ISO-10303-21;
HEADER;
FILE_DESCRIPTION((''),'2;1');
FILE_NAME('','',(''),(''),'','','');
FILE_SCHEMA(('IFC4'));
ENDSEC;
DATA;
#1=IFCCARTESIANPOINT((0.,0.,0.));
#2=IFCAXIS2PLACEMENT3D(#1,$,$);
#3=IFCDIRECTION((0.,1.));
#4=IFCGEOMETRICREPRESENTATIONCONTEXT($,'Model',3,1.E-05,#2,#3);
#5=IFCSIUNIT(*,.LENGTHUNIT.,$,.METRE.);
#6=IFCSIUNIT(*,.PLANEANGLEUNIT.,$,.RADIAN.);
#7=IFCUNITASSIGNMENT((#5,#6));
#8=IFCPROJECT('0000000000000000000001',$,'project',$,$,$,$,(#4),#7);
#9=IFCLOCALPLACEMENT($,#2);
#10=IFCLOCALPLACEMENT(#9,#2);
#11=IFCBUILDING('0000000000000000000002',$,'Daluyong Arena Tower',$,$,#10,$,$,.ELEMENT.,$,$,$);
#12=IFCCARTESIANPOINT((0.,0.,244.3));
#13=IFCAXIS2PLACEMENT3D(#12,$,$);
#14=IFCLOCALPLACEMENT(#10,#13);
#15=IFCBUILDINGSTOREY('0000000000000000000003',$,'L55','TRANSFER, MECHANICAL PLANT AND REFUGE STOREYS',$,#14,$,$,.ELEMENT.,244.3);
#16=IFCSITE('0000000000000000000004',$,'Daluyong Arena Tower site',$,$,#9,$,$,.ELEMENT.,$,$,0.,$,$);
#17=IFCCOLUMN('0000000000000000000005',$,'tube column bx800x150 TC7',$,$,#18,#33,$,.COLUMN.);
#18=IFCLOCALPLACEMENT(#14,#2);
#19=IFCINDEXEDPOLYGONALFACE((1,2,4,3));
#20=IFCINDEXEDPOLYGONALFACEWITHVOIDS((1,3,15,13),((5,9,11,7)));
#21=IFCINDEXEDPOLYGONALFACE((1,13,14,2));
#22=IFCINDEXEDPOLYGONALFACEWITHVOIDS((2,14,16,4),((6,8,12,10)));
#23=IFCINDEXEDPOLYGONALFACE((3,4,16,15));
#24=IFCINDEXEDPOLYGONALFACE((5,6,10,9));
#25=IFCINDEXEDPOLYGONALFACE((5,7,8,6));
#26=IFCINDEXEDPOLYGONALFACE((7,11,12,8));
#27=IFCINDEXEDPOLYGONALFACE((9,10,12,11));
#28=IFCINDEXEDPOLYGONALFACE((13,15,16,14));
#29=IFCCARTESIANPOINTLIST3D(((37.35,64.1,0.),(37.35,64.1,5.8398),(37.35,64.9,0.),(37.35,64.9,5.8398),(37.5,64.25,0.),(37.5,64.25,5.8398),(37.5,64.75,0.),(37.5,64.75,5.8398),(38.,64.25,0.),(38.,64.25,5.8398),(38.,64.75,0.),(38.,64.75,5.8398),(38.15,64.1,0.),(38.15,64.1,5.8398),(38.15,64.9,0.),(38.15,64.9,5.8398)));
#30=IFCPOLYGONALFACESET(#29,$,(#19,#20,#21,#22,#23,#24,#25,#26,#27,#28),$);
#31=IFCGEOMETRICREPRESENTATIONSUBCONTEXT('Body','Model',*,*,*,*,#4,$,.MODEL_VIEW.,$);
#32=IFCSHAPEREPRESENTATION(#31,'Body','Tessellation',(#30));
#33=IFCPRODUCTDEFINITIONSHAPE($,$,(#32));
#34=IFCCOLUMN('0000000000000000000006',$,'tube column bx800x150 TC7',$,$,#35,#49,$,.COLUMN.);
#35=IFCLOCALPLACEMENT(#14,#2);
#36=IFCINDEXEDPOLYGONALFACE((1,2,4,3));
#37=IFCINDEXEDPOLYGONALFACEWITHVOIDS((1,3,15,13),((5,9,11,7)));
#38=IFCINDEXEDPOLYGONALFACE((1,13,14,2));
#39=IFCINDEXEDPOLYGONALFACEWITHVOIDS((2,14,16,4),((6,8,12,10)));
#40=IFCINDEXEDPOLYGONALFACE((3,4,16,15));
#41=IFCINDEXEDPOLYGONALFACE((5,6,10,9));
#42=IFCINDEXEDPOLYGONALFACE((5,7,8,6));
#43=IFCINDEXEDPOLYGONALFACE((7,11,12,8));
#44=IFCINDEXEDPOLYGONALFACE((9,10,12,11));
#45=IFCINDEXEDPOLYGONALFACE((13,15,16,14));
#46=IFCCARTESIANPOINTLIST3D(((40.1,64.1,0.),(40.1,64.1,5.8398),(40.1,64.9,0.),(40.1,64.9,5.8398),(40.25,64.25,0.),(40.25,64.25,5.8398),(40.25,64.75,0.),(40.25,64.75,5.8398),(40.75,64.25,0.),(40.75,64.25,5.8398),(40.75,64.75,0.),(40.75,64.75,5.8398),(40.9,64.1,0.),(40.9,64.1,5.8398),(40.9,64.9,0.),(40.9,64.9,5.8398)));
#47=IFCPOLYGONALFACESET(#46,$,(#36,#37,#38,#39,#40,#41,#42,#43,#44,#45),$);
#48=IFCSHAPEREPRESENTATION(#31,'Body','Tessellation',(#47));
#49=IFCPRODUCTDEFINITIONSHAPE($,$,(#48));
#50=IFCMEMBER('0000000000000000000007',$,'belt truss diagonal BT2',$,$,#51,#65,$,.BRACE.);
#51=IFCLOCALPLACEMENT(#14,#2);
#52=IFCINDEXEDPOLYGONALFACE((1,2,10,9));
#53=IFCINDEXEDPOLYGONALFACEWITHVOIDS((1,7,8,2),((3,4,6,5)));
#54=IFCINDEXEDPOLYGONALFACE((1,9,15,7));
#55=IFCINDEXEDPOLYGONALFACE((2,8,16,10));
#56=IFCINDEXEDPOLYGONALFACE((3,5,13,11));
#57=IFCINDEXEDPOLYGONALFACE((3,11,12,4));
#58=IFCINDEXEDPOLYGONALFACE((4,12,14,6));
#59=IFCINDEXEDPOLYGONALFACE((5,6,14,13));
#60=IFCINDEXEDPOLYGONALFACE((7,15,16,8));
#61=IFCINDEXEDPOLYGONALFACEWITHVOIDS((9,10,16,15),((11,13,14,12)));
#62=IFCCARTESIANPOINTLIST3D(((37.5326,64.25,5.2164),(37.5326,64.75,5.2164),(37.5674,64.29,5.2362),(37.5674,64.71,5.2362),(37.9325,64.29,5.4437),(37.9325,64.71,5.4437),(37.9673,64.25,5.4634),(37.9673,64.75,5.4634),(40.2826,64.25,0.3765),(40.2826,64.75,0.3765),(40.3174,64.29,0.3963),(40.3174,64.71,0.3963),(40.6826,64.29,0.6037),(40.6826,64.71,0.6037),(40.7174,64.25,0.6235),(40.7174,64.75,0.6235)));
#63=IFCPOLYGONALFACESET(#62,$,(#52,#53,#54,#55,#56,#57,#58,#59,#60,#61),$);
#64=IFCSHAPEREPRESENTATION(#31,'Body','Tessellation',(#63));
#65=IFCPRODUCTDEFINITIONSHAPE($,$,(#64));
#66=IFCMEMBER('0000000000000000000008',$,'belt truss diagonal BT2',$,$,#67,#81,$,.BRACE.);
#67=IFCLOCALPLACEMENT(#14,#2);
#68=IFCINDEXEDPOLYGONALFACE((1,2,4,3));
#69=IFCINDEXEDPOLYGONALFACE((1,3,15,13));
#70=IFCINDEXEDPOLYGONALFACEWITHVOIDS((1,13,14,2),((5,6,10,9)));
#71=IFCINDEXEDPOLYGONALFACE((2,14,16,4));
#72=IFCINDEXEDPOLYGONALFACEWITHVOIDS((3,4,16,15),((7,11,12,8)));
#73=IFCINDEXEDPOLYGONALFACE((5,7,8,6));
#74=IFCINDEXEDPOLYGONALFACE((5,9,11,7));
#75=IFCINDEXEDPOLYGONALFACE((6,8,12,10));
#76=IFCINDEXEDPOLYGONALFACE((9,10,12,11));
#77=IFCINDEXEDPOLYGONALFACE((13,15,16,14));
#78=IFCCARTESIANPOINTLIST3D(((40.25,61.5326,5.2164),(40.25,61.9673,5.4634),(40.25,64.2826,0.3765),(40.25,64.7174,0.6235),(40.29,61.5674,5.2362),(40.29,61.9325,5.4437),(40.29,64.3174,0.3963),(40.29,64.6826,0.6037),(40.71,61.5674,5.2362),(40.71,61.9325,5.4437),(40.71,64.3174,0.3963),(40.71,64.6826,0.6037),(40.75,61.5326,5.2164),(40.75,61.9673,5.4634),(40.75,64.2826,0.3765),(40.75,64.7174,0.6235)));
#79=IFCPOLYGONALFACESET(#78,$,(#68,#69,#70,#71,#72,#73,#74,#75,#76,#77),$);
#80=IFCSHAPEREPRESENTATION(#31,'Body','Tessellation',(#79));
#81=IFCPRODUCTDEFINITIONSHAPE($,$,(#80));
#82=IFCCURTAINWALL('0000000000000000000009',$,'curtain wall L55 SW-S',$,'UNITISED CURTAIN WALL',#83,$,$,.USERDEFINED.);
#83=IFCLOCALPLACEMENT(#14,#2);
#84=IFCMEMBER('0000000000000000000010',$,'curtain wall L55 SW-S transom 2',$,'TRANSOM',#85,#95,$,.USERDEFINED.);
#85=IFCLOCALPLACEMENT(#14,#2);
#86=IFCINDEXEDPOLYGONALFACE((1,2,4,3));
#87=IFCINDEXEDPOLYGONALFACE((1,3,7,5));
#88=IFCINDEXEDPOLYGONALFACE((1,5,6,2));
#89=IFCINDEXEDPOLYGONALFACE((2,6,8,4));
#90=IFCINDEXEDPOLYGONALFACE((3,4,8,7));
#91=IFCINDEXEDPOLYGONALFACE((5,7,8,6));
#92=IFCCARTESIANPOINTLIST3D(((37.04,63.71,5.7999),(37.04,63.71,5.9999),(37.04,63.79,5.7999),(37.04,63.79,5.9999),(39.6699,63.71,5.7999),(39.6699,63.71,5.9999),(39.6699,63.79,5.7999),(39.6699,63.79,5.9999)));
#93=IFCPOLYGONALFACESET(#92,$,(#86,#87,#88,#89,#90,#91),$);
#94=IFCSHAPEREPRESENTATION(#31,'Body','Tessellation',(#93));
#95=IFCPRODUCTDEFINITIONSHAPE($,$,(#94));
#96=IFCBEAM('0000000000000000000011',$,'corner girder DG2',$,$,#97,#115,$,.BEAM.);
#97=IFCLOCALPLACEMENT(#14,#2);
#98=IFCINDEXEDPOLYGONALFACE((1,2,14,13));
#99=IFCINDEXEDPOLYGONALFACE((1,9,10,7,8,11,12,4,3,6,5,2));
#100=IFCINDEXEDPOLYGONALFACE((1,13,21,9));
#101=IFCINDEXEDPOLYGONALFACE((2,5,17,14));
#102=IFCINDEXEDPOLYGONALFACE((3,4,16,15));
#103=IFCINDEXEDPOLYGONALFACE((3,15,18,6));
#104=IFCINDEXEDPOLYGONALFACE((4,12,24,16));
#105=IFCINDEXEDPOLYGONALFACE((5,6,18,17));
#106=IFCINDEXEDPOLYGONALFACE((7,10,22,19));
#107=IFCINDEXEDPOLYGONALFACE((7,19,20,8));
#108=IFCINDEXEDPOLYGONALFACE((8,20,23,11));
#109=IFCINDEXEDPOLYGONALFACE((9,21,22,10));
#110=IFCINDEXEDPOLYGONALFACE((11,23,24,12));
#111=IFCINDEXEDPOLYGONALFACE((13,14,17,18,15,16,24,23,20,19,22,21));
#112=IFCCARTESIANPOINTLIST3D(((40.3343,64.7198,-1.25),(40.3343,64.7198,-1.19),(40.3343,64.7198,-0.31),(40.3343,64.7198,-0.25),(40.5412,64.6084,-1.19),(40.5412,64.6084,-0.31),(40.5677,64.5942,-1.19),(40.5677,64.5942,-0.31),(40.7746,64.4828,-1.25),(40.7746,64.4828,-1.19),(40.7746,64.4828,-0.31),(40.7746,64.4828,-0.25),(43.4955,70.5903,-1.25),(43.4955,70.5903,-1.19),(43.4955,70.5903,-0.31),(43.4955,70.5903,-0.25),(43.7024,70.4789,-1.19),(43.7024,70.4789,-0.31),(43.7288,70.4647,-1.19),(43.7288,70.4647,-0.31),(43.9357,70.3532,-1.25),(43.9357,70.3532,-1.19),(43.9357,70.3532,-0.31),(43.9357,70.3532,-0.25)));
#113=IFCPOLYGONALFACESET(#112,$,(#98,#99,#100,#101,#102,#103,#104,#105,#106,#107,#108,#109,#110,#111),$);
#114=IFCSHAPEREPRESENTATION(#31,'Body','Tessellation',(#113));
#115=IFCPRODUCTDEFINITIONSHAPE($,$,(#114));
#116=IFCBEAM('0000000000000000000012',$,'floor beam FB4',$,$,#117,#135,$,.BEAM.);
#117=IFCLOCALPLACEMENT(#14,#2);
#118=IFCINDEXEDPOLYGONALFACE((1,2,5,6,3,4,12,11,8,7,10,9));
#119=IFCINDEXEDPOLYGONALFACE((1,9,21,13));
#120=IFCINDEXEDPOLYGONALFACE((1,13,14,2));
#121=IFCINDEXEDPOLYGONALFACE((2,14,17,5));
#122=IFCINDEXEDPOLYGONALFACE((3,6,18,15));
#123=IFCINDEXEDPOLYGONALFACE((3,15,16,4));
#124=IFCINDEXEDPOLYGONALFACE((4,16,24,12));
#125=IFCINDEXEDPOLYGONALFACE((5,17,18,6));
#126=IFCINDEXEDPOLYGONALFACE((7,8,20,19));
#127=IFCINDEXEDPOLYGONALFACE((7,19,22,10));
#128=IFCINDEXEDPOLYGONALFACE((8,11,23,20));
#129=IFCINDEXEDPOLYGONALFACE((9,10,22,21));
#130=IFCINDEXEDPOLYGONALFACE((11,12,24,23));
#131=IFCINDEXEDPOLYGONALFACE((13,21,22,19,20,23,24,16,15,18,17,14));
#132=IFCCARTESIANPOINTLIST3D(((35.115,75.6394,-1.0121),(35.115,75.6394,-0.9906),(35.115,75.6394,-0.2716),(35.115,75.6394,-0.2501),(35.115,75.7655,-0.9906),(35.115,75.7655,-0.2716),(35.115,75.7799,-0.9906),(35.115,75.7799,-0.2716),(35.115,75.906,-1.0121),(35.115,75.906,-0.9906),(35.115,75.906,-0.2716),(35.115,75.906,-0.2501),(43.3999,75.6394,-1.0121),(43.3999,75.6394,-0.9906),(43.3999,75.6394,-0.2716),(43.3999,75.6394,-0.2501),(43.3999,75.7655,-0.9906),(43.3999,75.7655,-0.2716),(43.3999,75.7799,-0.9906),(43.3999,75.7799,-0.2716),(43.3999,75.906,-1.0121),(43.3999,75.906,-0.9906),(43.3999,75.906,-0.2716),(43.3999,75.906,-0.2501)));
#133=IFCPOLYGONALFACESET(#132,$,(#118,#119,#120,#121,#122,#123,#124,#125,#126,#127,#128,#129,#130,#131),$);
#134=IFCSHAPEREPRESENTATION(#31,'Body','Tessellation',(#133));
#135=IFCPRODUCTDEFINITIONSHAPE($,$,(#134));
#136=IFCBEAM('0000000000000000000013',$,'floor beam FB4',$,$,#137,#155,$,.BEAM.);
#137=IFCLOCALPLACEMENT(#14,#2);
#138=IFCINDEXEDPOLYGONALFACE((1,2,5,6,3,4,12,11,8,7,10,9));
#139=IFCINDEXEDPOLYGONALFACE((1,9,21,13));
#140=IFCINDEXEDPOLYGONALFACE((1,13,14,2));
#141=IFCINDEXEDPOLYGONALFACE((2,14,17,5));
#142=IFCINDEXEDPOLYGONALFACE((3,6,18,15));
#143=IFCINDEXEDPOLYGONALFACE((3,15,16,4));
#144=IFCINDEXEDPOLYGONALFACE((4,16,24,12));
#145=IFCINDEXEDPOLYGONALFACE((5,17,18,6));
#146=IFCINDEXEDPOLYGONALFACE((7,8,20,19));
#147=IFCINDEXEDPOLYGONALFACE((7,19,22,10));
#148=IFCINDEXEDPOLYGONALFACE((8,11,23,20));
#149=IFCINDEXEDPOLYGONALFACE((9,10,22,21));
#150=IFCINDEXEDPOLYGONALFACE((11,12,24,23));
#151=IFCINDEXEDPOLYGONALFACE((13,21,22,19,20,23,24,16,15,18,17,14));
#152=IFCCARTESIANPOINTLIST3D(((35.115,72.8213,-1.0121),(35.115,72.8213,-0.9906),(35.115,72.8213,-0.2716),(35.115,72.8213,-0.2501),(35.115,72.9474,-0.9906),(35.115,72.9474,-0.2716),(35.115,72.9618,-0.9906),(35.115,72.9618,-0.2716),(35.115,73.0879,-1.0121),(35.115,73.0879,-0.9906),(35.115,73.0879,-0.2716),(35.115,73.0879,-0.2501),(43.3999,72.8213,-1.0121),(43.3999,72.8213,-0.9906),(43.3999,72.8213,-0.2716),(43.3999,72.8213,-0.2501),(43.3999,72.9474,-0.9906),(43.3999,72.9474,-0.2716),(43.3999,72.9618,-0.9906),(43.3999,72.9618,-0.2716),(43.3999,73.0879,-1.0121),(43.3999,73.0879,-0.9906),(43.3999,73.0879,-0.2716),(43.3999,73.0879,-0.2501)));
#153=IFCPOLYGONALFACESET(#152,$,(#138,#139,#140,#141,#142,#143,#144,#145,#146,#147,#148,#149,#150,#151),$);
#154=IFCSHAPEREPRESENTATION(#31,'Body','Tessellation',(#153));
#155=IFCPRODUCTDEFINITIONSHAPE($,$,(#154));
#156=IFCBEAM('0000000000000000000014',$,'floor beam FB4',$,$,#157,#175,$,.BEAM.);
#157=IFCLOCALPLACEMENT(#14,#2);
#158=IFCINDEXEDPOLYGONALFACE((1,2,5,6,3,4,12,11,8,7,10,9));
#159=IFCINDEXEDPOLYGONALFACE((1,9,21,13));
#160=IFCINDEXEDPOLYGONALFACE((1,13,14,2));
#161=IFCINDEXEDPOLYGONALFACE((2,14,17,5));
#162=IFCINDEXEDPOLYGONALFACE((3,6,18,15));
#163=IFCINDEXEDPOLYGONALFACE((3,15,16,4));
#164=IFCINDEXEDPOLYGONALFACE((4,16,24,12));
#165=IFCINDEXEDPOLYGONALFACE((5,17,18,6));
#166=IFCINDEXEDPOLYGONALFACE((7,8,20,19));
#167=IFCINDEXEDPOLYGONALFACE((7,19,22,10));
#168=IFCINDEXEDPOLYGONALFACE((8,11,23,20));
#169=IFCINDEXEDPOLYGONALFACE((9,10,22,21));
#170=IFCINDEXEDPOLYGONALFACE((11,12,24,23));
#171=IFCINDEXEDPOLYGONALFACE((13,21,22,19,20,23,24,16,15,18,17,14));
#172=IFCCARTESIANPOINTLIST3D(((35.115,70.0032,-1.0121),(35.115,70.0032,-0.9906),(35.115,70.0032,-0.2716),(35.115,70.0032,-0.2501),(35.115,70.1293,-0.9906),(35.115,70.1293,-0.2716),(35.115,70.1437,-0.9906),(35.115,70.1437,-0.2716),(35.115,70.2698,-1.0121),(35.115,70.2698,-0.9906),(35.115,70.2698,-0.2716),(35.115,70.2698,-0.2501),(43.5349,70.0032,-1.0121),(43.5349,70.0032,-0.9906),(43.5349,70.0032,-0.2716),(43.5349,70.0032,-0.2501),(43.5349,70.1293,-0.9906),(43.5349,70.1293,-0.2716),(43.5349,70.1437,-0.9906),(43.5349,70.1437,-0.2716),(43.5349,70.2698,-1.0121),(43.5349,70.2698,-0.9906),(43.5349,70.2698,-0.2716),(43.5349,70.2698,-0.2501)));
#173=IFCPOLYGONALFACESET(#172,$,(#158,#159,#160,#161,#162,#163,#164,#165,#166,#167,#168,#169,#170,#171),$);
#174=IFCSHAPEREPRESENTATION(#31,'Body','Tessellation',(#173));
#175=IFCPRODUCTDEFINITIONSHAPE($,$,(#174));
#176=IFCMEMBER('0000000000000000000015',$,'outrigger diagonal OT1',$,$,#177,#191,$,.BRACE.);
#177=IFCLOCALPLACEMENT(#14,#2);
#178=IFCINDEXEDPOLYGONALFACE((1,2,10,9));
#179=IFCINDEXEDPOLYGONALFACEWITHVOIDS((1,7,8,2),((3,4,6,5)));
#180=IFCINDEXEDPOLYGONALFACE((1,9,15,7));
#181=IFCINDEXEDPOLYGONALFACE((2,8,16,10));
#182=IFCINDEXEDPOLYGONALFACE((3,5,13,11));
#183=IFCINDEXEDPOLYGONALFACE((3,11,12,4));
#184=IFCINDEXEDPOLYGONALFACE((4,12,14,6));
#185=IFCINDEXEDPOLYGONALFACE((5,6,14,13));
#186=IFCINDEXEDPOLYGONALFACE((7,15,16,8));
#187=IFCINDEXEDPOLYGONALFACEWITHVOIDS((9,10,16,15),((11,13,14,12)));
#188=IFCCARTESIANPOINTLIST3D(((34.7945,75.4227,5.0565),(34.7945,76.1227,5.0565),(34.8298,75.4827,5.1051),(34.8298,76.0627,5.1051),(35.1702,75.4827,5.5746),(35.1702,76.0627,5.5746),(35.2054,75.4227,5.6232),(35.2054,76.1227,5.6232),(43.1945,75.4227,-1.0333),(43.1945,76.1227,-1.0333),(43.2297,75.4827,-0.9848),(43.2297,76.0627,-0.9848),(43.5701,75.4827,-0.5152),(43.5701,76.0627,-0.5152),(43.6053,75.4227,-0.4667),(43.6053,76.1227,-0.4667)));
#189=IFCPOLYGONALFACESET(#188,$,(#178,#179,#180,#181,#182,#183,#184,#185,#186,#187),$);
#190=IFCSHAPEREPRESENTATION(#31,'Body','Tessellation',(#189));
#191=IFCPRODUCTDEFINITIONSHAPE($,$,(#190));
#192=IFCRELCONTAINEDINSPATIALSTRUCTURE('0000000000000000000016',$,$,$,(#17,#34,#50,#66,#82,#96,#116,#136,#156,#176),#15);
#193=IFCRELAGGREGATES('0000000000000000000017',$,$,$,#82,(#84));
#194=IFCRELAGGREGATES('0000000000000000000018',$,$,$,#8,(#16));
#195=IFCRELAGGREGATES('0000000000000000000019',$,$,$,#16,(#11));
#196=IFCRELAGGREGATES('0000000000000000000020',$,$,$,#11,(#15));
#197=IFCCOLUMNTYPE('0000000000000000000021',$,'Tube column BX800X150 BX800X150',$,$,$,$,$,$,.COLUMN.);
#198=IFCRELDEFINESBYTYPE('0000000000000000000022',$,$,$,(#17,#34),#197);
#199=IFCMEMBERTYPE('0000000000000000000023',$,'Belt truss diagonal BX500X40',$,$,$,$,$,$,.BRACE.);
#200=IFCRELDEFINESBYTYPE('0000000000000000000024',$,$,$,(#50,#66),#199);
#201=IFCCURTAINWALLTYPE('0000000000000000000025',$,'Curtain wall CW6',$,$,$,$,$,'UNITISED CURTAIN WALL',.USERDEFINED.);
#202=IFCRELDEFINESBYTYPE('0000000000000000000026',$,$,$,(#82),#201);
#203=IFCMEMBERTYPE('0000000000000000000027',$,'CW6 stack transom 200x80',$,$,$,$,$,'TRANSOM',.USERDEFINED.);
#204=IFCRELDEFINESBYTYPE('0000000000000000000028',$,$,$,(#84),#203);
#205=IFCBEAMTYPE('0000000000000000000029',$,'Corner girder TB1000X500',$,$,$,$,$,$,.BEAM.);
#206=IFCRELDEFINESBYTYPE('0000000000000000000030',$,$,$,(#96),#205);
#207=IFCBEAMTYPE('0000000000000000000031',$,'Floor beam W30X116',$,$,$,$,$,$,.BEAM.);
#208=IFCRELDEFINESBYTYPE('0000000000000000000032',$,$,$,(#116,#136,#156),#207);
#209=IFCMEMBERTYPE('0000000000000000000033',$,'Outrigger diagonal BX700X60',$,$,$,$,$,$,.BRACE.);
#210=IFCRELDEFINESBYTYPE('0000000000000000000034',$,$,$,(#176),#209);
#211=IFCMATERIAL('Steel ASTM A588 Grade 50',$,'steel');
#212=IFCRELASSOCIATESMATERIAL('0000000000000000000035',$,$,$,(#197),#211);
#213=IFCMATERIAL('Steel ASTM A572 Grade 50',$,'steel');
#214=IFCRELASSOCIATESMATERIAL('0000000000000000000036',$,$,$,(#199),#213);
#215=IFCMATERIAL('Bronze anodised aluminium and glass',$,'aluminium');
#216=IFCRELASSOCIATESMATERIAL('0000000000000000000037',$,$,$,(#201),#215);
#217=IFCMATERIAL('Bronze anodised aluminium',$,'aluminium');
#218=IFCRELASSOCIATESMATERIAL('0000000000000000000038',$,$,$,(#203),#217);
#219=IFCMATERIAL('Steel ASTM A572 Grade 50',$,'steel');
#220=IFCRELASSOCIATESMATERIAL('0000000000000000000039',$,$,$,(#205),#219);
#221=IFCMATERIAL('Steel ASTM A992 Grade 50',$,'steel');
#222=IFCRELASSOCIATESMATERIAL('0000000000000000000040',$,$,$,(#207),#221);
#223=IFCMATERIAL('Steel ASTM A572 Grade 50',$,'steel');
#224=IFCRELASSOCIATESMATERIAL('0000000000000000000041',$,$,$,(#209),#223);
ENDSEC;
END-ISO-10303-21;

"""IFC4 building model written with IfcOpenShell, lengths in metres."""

from ifc_helpers import new_model, si_unit, direction, frame, origin, origin_2d, place, context, subcontext, project, spatial, rectangle, hollow_rectangle, i_section, extrude, material, material_profile, profile_set, type_object, element, aggregate, save


model = new_model("IFC4")

# Units and contexts
model_context = context("Model", 3, precision=1e-05, world=origin(), true_north=direction((0.0, 1.0)))
body_context = subcontext(model_context, "Body", "Model", "MODEL_VIEW")
ifc_project = project(units=[si_unit("LENGTHUNIT", "METRE"), si_unit("PLANEANGLEUNIT", "RADIAN")], contexts=[model_context])

# Site, building, storey
site_placement = place(None, origin())
site = spatial("IfcSite", under=ifc_project, at=site_placement, Name="Daluyong Arena Tower site", CompositionType="ELEMENT", RefElevation=0.0)
building_placement = place(site_placement, origin())
building = spatial("IfcBuilding", under=site, at=building_placement, Name="Daluyong Arena Tower", CompositionType="ELEMENT")
storey_placement = place(building_placement, frame((0.0, 0.0, 244.3)))
storey = spatial("IfcBuildingStorey", under=building, at=storey_placement, Name="L55", Description="TRANSFER, MECHANICAL PLANT AND REFUGE STOREYS", CompositionType="ELEMENT", Elevation=244.3)

# Columns
ifc_material_1 = material(Name="Steel ASTM A588 Grade 50", Category="steel")
ifc_material_profile_1 = material_profile(ifc_material_1, hollow_rectangle(XDim=0.8, YDim=0.8, WallThickness=0.15, at=origin_2d()))
ifc_profile_set_1 = profile_set([ifc_material_profile_1], Name="Steel ASTM A588 Grade 50")
column_type = type_object("IfcColumnType", Name="Tube column BX800X150 BX800X150", PredefinedType="COLUMN", material=ifc_profile_set_1)
for number, where, z_axis, x_axis, name in (
    (1, (37.75, 64.5, 0.0), (0.0, 0.0, 1.0), (1.0, 0.0, 0.0), "tube column bx800x150 TC7"),
    (2, (40.5, 64.5, 0.0), (0.0, 0.0, 1.0), (0.0, 1.0, 0.0), "tube column bx800x150 TC7"),
):
    element("IfcColumn", number, at=place(storey_placement, frame(where, z_axis=z_axis, x_axis=x_axis)), inside=storey, type_object=column_type, Name=name, PredefinedType="COLUMN", context=body_context, shape_type="SweptSolid", body=[
        extrude(hollow_rectangle(XDim=0.8, YDim=0.8, WallThickness=0.15, at=origin_2d()), origin(), (0.0, 0.0, 1.0), 5.8398),
    ])

# Members
ifc_material_2 = material(Name="Steel ASTM A572 Grade 50", Category="steel")
ifc_material_profile_2 = material_profile(ifc_material_2, hollow_rectangle(XDim=0.5, YDim=0.5, WallThickness=0.04, at=origin_2d()))
ifc_profile_set_2 = profile_set([ifc_material_profile_2], Name="Steel ASTM A572 Grade 50")
member_type_1 = type_object("IfcMemberType", Name="Belt truss diagonal BX500X40", PredefinedType="BRACE", material=ifc_profile_set_2)
for number, where, z_axis, x_axis, name in (
    (3, (40.5, 64.5, 0.5), (-0.494021, 0.0, 0.86945), (0.0, -1.0, 0.0), "belt truss diagonal BT2"),
    (4, (40.5, 64.5, 0.5), (0.0, -0.494021, 0.86945), (1.0, 0.0, 0.0), "belt truss diagonal BT2"),
):
    element("IfcMember", number, at=place(storey_placement, frame(where, z_axis=z_axis, x_axis=x_axis)), inside=storey, type_object=member_type_1, Name=name, PredefinedType="BRACE", context=body_context, shape_type="SweptSolid", body=[
        extrude(hollow_rectangle(XDim=0.5, YDim=0.5, WallThickness=0.04, at=origin_2d()), origin(), (0.0, 0.0, 1.0), 5.5667),
    ])

# Curtain wall, member
ifc_material_3 = material(Name="Bronze anodised aluminium and glass", Category="aluminium")
curtain_wall_type = type_object("IfcCurtainWallType", Name="Curtain wall CW6", ElementType="UNITISED CURTAIN WALL", PredefinedType="USERDEFINED", material=ifc_material_3)
curtain_wall_placement = place(storey_placement, origin())
curtain_wall = element("IfcCurtainWall", 5, at=curtain_wall_placement, inside=storey, type_object=curtain_wall_type, Name="curtain wall L55 SW-S", ObjectType="UNITISED CURTAIN WALL", PredefinedType="USERDEFINED")
ifc_material_4 = material(Name="Bronze anodised aluminium", Category="aluminium")
ifc_material_profile_3 = material_profile(ifc_material_4, rectangle(XDim=0.0801, YDim=0.2, at=origin_2d()))
ifc_profile_set_3 = profile_set([ifc_material_profile_3], Name="Bronze anodised aluminium")
member_type_2 = type_object("IfcMemberType", Name="CW6 stack transom 200x80", ElementType="TRANSOM", PredefinedType="USERDEFINED", material=ifc_profile_set_3)
member_1_placement = place(storey_placement, frame((37.04, 63.75, 5.8999), z_axis=(1.0, 0.0, 0.0), x_axis=(0.0, 1.0, 0.0)))
member_1 = element("IfcMember", 6, at=member_1_placement, type_object=member_type_2, Name="curtain wall L55 SW-S transom 2", ObjectType="TRANSOM", PredefinedType="USERDEFINED", context=body_context, shape_type="SweptSolid", body=[
    extrude(rectangle(XDim=0.0801, YDim=0.2, at=origin_2d()), origin(), (0.0, 0.0, 1.0), 2.6299),
])

# Beams
ifc_material_5 = material(Name="Steel ASTM A572 Grade 50", Category="steel")
ifc_material_profile_4 = material_profile(ifc_material_5, i_section(OverallWidth=0.5, OverallDepth=1.0, WebThickness=0.03, FlangeThickness=0.06, at=origin_2d()))
ifc_profile_set_4 = profile_set([ifc_material_profile_4], Name="Steel ASTM A572 Grade 50")
beam_type_1 = type_object("IfcBeamType", Name="Corner girder TB1000X500", PredefinedType="BEAM", material=ifc_profile_set_4)
beam_1_placement = place(storey_placement, frame((40.5544, 64.6013, -0.75), z_axis=(0.474119, 0.880461, 0.0), x_axis=(-0.880461, 0.474119, 0.0)))
element("IfcBeam", 7, at=beam_1_placement, inside=storey, type_object=beam_type_1, Name="corner girder DG2", PredefinedType="BEAM", context=body_context, shape_type="SweptSolid", body=[
    extrude(i_section(OverallWidth=0.5, OverallDepth=1.0, WebThickness=0.03, FlangeThickness=0.06, at=origin_2d()), origin(), (0.0, 0.0, 1.0), 6.6675),
])
ifc_material_6 = material(Name="Steel ASTM A992 Grade 50", Category="steel")
ifc_material_profile_5 = material_profile(ifc_material_6, i_section(OverallWidth=0.2666, OverallDepth=0.762, WebThickness=0.0144, FlangeThickness=0.0215, at=origin_2d()))
ifc_profile_set_5 = profile_set([ifc_material_profile_5], Name="Steel ASTM A992 Grade 50")
beam_type_2 = type_object("IfcBeamType", Name="Floor beam W30X116", PredefinedType="BEAM", material=ifc_profile_set_5)
for number, where, z_axis, x_axis, name in (
    (8, (35.115, 75.7727, -0.6311), (1.0, 0.0, 0.0), (0.0, 1.0, 0.0), "floor beam FB4"),
    (9, (35.115, 72.9546, -0.6311), (1.0, 0.0, 0.0), (0.0, 1.0, 0.0), "floor beam FB4"),
):
    element("IfcBeam", number, at=place(storey_placement, frame(where, z_axis=z_axis, x_axis=x_axis)), inside=storey, type_object=beam_type_2, Name=name, PredefinedType="BEAM", context=body_context, shape_type="SweptSolid", body=[
        extrude(i_section(OverallWidth=0.2666, OverallDepth=0.762, WebThickness=0.0144, FlangeThickness=0.0215, at=origin_2d()), origin(), (0.0, 0.0, 1.0), 8.2849),
    ])
beam_2_placement = place(storey_placement, frame((35.115, 70.1365, -0.6311), z_axis=(1.0, 0.0, 0.0), x_axis=(0.0, 1.0, 0.0)))
element("IfcBeam", 10, at=beam_2_placement, inside=storey, type_object=beam_type_2, Name="floor beam FB4", PredefinedType="BEAM", context=body_context, shape_type="SweptSolid", body=[
    extrude(i_section(OverallWidth=0.2666, OverallDepth=0.762, WebThickness=0.0144, FlangeThickness=0.0215, at=origin_2d()), origin(), (0.0, 0.0, 1.0), 8.4199),
])

# Member
ifc_material_7 = material(Name="Steel ASTM A572 Grade 50", Category="steel")
ifc_material_profile_6 = material_profile(ifc_material_7, hollow_rectangle(XDim=0.7, YDim=0.7, WallThickness=0.06, at=origin_2d()))
ifc_profile_set_6 = profile_set([ifc_material_profile_6], Name="Steel ASTM A572 Grade 50")
member_type_3 = type_object("IfcMemberType", Name="Outrigger diagonal BX700X60", PredefinedType="BRACE", material=ifc_profile_set_6)
member_2_placement = place(storey_placement, frame((43.3999, 75.7727, -0.75), z_axis=(-0.809614, 0.0, 0.586962), x_axis=(0.0, -1.0, 0.0)))
element("IfcMember", 11, at=member_2_placement, inside=storey, type_object=member_type_3, Name="outrigger diagonal OT1", PredefinedType="BRACE", context=body_context, shape_type="SweptSolid", body=[
    extrude(hollow_rectangle(XDim=0.7, YDim=0.7, WallThickness=0.06, at=origin_2d()), origin(), (0.0, 0.0, 1.0), 10.3752),
])

aggregate(curtain_wall, [member_1])

save(model, "model.ifc")
